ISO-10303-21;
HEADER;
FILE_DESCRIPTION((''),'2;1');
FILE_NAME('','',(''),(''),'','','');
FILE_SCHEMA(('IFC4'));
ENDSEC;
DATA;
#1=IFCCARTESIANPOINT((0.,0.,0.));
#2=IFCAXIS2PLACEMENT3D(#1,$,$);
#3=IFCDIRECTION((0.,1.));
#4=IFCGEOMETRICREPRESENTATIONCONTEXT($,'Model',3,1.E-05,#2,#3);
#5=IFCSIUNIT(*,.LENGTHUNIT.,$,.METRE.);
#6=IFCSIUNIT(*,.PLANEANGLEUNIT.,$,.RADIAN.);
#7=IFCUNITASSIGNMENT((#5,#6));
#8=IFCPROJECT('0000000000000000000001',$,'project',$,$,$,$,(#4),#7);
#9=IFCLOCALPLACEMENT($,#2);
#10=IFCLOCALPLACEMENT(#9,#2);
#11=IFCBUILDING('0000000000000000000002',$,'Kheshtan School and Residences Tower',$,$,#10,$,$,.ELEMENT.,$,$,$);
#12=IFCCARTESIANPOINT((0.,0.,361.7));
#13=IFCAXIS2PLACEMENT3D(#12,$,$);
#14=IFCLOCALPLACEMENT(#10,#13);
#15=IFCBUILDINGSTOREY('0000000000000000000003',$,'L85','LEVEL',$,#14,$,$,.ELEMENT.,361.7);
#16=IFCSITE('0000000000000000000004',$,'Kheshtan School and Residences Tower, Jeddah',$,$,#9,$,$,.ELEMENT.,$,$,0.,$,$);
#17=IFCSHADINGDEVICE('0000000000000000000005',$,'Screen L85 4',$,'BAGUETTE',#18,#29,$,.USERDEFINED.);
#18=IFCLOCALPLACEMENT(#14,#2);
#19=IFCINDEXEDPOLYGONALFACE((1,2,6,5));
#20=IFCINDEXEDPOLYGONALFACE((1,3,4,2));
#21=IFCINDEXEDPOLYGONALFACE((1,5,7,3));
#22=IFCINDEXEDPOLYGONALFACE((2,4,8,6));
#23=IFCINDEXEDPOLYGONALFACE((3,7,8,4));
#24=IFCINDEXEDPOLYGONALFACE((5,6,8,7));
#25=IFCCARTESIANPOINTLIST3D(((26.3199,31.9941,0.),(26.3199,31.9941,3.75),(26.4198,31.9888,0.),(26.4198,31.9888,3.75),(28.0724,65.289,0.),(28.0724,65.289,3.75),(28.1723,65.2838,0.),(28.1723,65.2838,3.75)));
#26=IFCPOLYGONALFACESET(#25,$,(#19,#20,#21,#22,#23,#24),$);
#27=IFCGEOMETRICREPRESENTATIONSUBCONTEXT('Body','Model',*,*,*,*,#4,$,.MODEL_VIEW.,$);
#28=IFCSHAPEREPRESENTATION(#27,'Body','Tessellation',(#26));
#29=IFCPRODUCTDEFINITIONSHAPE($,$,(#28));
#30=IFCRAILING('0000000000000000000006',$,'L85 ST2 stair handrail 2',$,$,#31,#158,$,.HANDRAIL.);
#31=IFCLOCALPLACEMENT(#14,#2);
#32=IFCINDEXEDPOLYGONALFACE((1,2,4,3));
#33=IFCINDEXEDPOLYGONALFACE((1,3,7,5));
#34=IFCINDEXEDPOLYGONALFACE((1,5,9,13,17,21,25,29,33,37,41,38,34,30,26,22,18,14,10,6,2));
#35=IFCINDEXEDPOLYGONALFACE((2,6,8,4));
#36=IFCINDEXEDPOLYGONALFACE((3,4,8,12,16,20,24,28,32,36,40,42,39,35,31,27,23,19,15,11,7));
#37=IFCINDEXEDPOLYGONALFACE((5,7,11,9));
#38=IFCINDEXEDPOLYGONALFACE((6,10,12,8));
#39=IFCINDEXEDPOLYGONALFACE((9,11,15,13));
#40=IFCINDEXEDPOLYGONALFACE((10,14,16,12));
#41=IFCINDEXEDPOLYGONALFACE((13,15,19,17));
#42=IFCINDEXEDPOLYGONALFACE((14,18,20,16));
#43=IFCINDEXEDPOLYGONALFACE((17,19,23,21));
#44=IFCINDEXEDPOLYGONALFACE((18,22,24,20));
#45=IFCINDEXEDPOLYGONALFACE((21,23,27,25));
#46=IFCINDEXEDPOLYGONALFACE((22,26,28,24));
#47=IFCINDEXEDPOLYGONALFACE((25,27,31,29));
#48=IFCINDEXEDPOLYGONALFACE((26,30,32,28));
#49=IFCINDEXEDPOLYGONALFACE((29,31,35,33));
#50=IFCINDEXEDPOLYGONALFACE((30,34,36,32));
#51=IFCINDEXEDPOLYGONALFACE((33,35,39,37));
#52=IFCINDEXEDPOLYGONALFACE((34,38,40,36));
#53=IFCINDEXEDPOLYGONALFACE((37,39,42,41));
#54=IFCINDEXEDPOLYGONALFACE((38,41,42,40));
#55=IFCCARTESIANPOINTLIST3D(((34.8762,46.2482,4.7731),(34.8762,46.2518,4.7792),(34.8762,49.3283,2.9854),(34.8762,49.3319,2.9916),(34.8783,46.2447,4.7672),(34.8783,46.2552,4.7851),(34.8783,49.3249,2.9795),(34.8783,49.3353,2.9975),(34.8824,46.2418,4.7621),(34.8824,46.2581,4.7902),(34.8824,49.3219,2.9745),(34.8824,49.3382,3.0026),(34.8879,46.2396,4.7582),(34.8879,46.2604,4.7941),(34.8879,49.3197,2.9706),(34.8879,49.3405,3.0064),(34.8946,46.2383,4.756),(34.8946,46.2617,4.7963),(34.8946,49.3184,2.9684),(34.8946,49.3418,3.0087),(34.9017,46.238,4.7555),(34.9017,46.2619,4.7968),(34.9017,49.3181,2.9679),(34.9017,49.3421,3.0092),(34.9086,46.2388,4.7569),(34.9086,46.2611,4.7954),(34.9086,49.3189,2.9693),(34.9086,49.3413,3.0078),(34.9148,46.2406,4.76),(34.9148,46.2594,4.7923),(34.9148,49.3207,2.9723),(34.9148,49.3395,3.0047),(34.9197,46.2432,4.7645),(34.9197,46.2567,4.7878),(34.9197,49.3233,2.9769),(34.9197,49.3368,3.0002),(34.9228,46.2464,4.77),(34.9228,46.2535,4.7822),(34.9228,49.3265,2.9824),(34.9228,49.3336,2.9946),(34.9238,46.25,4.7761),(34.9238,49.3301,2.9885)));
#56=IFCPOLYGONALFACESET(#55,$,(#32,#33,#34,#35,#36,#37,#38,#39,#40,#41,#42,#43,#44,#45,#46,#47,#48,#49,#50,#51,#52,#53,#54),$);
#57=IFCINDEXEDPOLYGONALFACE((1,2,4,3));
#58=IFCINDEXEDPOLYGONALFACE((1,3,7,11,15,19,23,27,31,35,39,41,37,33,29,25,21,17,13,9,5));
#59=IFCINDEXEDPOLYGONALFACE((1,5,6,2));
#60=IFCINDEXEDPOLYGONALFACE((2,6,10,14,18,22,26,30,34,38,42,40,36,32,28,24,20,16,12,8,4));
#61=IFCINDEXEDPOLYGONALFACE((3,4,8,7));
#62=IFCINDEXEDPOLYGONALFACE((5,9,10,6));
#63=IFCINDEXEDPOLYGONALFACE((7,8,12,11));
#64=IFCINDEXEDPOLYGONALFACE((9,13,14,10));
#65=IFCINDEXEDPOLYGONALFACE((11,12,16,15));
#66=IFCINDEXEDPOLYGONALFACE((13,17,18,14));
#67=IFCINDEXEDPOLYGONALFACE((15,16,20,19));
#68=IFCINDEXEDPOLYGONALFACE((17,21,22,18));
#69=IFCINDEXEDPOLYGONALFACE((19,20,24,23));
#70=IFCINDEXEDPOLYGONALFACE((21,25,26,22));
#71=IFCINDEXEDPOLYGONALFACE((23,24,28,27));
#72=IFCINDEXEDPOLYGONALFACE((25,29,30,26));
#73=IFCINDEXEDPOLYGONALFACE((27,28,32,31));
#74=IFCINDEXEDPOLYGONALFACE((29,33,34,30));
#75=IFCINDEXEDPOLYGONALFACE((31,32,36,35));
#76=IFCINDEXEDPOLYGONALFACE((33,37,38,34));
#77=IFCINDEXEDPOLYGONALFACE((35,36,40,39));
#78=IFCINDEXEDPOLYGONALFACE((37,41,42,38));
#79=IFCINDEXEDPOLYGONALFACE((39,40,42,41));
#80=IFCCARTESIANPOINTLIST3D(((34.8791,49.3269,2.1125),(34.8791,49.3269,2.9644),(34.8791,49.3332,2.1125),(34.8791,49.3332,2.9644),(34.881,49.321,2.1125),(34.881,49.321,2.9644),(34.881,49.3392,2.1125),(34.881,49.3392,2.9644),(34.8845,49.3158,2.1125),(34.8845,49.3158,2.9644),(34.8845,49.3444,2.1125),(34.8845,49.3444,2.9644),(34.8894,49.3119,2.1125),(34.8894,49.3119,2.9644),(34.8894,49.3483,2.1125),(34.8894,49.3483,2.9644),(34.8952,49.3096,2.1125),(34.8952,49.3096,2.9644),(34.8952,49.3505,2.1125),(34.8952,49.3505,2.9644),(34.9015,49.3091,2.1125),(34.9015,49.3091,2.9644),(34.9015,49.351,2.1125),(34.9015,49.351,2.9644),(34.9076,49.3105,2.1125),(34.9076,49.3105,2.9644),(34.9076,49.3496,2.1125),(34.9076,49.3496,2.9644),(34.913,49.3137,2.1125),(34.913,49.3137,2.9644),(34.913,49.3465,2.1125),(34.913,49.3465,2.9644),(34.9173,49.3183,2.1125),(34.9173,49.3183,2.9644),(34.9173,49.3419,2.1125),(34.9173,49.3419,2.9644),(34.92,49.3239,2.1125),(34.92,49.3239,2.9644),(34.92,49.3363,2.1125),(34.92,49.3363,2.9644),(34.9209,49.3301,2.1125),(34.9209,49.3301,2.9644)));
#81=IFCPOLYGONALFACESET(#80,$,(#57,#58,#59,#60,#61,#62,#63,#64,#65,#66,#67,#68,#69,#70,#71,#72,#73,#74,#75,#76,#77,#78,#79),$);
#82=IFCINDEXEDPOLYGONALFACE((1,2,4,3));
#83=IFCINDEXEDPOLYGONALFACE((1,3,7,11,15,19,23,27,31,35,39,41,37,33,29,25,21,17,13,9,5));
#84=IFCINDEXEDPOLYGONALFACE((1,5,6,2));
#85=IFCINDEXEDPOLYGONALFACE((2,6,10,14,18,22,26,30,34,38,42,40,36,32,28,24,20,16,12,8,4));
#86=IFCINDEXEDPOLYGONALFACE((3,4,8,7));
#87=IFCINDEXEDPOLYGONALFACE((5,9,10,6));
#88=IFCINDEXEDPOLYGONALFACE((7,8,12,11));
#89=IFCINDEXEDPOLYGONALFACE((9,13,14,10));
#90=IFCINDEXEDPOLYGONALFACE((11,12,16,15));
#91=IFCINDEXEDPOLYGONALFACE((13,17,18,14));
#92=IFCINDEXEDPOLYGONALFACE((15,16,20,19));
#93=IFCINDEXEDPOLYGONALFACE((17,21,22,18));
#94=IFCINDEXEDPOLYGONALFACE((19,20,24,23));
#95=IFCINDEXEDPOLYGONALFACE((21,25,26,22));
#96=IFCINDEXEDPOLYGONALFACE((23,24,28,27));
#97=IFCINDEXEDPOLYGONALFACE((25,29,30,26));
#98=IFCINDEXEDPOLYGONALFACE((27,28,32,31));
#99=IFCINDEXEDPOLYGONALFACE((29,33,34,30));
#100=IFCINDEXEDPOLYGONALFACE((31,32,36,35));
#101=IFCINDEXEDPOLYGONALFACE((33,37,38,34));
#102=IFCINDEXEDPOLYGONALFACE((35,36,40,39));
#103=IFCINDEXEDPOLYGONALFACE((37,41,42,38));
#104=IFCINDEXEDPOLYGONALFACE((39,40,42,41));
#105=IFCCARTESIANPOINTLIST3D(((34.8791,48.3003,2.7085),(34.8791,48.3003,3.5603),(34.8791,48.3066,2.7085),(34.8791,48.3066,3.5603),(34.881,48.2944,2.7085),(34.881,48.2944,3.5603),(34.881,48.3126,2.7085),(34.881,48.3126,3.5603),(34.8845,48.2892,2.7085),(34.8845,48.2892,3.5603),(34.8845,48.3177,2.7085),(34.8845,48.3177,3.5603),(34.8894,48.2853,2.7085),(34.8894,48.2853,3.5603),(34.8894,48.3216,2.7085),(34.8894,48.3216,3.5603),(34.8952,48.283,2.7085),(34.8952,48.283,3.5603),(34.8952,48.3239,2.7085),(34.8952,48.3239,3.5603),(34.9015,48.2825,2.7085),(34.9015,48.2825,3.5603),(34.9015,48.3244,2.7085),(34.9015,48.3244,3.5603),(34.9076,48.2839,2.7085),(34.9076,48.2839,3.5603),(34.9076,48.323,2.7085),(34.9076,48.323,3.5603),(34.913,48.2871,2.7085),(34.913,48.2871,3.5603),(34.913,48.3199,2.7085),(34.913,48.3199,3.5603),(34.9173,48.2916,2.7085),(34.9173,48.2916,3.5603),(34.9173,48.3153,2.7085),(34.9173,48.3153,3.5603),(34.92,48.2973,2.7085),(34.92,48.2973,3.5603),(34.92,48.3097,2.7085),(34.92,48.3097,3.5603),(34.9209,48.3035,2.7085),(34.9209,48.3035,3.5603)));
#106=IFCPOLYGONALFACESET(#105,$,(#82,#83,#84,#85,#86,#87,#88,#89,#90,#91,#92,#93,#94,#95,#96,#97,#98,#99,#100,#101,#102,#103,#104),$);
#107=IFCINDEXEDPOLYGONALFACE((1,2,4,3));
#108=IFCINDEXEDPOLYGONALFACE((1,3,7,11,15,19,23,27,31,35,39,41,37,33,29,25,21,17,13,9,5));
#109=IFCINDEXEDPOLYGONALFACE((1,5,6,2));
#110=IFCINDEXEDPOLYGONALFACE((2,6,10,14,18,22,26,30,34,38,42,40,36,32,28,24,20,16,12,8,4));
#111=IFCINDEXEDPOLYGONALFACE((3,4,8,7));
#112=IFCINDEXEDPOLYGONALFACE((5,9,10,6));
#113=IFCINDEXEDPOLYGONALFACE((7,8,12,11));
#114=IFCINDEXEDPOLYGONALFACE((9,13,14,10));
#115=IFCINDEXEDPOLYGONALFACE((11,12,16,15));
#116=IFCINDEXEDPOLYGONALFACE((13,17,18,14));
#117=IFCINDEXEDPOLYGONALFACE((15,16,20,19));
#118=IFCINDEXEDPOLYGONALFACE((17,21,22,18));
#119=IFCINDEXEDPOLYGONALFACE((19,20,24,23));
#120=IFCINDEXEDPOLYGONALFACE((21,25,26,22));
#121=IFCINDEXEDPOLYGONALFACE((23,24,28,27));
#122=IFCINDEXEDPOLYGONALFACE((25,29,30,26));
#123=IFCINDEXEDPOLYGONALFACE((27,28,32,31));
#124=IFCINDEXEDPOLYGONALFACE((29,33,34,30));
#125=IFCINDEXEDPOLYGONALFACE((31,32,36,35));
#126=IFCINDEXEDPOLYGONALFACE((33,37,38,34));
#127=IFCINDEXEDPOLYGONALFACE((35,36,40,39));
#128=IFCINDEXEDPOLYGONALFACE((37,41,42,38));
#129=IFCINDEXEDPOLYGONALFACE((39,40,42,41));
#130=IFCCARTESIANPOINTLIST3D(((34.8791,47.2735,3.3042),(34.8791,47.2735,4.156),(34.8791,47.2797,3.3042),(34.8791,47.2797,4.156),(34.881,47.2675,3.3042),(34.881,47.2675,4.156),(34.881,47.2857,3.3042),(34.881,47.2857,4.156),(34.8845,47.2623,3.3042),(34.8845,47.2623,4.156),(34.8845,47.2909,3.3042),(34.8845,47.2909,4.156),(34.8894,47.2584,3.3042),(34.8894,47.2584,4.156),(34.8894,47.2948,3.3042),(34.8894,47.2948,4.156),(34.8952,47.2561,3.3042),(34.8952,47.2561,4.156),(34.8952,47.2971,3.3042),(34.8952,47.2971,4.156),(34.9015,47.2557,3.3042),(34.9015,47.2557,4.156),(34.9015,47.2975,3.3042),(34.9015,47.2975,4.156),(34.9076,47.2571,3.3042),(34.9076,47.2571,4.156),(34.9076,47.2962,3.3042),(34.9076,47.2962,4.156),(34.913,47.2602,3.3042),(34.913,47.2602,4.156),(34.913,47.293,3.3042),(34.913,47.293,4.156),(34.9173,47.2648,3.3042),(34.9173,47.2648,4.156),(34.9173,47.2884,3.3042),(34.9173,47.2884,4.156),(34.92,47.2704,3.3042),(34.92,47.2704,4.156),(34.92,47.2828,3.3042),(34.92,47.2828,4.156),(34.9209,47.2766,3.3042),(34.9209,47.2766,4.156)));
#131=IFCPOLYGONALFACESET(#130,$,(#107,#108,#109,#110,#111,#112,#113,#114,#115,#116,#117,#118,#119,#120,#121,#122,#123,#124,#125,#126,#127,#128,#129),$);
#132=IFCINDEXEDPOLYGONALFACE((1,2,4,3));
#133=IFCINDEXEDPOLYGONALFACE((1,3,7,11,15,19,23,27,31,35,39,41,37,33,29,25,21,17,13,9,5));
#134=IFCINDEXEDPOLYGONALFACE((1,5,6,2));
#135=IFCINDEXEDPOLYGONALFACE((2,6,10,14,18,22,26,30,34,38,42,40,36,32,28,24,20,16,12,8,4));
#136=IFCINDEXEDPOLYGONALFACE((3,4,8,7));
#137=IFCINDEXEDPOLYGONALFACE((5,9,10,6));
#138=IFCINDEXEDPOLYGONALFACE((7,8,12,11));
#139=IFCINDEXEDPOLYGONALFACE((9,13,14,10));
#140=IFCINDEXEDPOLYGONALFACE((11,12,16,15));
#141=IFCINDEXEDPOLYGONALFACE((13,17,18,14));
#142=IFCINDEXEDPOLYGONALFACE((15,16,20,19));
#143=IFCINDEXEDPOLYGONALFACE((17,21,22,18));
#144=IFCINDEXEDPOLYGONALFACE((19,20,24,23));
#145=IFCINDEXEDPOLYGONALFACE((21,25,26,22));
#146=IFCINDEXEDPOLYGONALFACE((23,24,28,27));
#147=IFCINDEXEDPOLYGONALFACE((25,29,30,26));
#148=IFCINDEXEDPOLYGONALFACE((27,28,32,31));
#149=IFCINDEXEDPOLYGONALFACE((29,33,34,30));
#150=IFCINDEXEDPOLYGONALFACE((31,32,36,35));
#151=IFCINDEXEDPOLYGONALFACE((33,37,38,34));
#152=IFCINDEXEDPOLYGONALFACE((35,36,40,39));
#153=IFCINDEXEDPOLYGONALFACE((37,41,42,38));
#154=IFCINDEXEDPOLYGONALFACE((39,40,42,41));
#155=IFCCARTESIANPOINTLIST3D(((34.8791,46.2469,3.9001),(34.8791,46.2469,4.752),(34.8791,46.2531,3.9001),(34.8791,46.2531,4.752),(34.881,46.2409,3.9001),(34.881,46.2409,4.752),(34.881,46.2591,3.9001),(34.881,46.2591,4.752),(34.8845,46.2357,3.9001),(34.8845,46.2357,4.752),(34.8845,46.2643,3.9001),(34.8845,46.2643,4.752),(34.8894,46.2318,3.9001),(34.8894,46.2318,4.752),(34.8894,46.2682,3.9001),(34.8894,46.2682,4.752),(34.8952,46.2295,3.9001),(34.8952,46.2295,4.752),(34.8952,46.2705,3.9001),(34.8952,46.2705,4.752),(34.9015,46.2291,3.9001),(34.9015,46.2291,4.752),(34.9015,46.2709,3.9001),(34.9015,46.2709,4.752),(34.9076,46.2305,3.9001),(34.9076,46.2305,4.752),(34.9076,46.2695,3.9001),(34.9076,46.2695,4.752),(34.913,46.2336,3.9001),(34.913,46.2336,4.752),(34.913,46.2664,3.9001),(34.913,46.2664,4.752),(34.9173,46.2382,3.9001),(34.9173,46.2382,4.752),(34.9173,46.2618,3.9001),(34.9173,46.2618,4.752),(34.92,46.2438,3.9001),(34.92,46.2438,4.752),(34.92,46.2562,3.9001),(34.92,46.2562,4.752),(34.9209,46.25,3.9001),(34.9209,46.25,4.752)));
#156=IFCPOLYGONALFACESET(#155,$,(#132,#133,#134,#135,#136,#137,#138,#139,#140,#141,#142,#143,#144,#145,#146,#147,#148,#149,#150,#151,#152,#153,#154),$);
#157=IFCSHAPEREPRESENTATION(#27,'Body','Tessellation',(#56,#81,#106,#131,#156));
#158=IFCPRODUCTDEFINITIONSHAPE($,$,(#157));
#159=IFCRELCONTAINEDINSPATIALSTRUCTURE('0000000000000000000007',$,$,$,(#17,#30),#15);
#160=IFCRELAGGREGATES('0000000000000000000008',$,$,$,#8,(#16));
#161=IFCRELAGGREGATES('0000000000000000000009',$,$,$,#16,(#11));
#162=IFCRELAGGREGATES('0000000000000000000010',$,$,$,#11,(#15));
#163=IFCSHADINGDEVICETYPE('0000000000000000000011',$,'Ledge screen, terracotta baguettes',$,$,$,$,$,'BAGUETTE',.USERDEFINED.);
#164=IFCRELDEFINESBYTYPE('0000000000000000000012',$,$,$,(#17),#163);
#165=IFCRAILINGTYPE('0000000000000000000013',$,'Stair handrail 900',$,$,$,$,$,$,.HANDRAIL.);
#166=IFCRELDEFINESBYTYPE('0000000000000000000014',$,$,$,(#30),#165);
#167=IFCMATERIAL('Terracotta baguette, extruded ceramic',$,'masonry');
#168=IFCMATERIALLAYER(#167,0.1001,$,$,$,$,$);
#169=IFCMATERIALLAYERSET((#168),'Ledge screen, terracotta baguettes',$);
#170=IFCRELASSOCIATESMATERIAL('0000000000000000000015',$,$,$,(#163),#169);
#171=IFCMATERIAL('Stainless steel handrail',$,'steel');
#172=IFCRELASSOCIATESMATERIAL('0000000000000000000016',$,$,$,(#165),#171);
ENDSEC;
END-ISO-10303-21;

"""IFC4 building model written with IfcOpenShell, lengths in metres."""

from ifc_helpers import new_model, si_unit, direction, frame, origin, origin_2d, place, context, subcontext, project, spatial, rectangle, circle, extrude, material, layer, layer_set, type_object, element, save


model = new_model("IFC4")

# Units and contexts
model_context = context("Model", 3, precision=1e-05, world=origin(), true_north=direction((0.0, 1.0)))
body_context = subcontext(model_context, "Body", "Model", "MODEL_VIEW")
ifc_project = project(units=[si_unit("LENGTHUNIT", "METRE"), si_unit("PLANEANGLEUNIT", "RADIAN")], contexts=[model_context])

# Site, building, storey
site_placement = place(None, origin())
site = spatial("IfcSite", under=ifc_project, at=site_placement, Name="Kheshtan School and Residences Tower, Jeddah", CompositionType="ELEMENT", RefElevation=0.0)
building_placement = place(site_placement, origin())
building = spatial("IfcBuilding", under=site, at=building_placement, Name="Kheshtan School and Residences Tower", CompositionType="ELEMENT")
storey_placement = place(building_placement, frame((0.0, 0.0, 361.7)))
storey = spatial("IfcBuildingStorey", under=building, at=storey_placement, Name="L85", Description="LEVEL", CompositionType="ELEMENT", Elevation=361.7)

# Shading device
ifc_material_1 = material(Name="Terracotta baguette, extruded ceramic", Category="masonry")
ifc_layer_1 = layer(ifc_material_1, 0.1001)
ifc_layer_set_1 = layer_set([ifc_layer_1], Name="Ledge screen, terracotta baguettes")
shading_device_type = type_object("IfcShadingDeviceType", Name="Ledge screen, terracotta baguettes", ElementType="BAGUETTE", PredefinedType="USERDEFINED", material=ifc_layer_set_1)
shading_device_placement = place(storey_placement, frame((27.2461, 48.6389, 0.0), z_axis=(0.0, 0.0, 1.0), x_axis=(0.052563, 0.998618, 0.0)))
element("IfcShadingDevice", 1, at=shading_device_placement, inside=storey, type_object=shading_device_type, Name="Screen L85 4", ObjectType="BAGUETTE", PredefinedType="USERDEFINED", context=body_context, shape_type="SweptSolid", body=[
    extrude(rectangle(XDim=33.3411, YDim=0.1001, at=origin_2d()), origin(), (0.0, 0.0, 1.0), 3.75),
])

# Railing
ifc_material_2 = material(Name="Stainless steel handrail", Category="steel")
railing_type = type_object("IfcRailingType", Name="Stair handrail 900", PredefinedType="HANDRAIL", material=ifc_material_2)
railing_placement = place(storey_placement, frame((34.8999, 49.3301, 2.1125)))
element("IfcRailing", 2, at=railing_placement, inside=storey, type_object=railing_type, Name="L85 ST2 stair handrail 2", PredefinedType="HANDRAIL", context=body_context, shape_type="SweptSolid", body=[
    extrude(circle(Radius=0.0239, at=origin_2d()), frame((0.0, 0.0, 0.876), z_axis=(0.0, -0.864891, 0.50196), x_axis=(1.0, 0.0, 0.0)), (0.0, 0.0, 1.0), 3.5613),
    extrude(circle(Radius=0.021, at=origin_2d()), origin(), (0.0, 0.0, 1.0), 0.8518),
    extrude(circle(Radius=0.021, at=origin_2d()), frame((0.0, -1.0266, 0.5959)), (0.0, 0.0, 1.0), 0.8518),
    extrude(circle(Radius=0.021, at=origin_2d()), frame((0.0, -2.0535, 1.1917)), (0.0, 0.0, 1.0), 0.8518),
    extrude(circle(Radius=0.021, at=origin_2d()), frame((0.0, -3.0801, 1.7876)), (0.0, 0.0, 1.0), 0.8518),
])

save(model, "model.ifc")
